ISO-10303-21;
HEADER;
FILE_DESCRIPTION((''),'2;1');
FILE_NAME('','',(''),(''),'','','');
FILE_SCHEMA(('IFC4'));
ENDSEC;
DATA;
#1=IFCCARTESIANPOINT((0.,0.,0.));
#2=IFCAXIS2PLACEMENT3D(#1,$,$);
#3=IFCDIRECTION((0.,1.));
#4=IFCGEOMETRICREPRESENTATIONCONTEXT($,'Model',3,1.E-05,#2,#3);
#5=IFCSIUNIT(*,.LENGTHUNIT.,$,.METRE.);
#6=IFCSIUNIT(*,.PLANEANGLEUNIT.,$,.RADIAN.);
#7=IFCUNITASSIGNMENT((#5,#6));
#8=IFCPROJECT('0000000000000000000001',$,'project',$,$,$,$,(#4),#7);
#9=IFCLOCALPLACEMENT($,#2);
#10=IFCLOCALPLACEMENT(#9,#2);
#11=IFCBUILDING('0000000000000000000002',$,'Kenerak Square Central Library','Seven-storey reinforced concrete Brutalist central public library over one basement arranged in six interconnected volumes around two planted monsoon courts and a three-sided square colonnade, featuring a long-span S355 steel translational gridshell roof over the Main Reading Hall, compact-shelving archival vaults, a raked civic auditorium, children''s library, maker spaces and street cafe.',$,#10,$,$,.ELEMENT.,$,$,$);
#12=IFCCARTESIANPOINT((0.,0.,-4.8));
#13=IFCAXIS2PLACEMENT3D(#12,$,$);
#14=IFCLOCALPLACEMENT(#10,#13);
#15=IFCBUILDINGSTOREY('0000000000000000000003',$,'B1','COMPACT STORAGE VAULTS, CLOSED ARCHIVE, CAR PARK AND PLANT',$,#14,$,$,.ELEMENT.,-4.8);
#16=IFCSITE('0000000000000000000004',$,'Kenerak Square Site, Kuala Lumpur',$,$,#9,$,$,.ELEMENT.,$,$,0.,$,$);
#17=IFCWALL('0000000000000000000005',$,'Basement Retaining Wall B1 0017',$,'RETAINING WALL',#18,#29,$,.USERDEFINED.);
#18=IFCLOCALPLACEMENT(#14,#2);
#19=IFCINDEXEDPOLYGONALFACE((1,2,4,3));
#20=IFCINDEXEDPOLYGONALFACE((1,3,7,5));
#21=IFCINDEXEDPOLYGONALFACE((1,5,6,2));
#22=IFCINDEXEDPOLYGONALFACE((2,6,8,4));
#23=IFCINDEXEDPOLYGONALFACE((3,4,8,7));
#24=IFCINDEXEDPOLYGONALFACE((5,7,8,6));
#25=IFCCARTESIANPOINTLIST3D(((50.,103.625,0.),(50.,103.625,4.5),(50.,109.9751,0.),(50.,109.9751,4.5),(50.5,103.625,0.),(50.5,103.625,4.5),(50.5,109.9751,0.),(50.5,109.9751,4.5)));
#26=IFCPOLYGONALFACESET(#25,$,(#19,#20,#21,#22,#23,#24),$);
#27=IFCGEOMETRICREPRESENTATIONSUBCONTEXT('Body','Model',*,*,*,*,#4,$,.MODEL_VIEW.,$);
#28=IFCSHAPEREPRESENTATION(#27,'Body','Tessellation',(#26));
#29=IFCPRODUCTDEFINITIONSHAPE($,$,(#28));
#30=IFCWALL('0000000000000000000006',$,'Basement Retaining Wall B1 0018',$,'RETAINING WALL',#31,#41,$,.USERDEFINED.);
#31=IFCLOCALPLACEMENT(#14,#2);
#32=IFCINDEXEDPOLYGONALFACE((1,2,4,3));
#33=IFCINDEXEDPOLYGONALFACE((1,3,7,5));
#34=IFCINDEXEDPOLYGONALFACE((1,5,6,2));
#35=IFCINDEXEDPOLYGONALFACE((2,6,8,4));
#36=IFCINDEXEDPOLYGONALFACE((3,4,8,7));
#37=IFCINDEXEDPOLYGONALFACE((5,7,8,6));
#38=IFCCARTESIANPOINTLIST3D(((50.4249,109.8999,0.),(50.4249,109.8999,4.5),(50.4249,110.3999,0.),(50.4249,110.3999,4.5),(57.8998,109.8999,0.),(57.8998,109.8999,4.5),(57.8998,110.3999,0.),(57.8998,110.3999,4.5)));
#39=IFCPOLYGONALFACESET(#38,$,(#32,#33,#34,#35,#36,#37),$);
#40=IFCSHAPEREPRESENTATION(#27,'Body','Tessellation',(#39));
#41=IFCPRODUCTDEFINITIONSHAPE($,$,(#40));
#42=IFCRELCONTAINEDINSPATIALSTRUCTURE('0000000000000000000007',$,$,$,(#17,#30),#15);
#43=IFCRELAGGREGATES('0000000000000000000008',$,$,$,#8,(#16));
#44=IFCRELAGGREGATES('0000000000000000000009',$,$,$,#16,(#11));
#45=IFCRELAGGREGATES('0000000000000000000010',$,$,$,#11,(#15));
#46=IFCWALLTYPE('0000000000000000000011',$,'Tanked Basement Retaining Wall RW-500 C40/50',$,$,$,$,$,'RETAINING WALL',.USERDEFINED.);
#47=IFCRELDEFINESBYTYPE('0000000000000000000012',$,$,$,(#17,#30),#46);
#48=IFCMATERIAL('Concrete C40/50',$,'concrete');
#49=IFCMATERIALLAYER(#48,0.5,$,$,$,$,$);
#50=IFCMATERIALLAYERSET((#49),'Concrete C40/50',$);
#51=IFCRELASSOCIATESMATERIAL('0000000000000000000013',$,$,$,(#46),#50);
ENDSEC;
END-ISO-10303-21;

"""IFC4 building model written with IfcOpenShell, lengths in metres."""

from ifc_helpers import new_model, si_unit, direction, frame, frame_2d, origin, place, context, subcontext, project, spatial, rectangle, extrude, material, layer, layer_set, type_object, element, save


model = new_model("IFC4")

# Units and contexts
model_context = context("Model", 3, precision=1e-05, world=origin(), true_north=direction((0.0, 1.0)))
body_context = subcontext(model_context, "Body", "Model", "MODEL_VIEW")
ifc_project = project(units=[si_unit("LENGTHUNIT", "METRE"), si_unit("PLANEANGLEUNIT", "RADIAN")], contexts=[model_context])

# Site, building, storey
site_placement = place(None, origin())
site = spatial("IfcSite", under=ifc_project, at=site_placement, Name="Kenerak Square Site, Kuala Lumpur", CompositionType="ELEMENT", RefElevation=0.0)
building_placement = place(site_placement, origin())
building = spatial("IfcBuilding", under=site, at=building_placement, Name="Kenerak Square Central Library", Description="Seven-storey reinforced concrete Brutalist central public library over one basement arranged in six interconnected volumes around two planted monsoon courts and a three-sided square colonnade, featuring a long-span S355 steel translational gridshell roof over the Main Reading Hall, compact-shelving archival vaults, a raked civic auditorium, children's library, maker spaces and street cafe.", CompositionType="ELEMENT")
storey_placement = place(building_placement, frame((0.0, 0.0, -4.8)))
storey = spatial("IfcBuildingStorey", under=building, at=storey_placement, Name="B1", Description="COMPACT STORAGE VAULTS, CLOSED ARCHIVE, CAR PARK AND PLANT", CompositionType="ELEMENT", Elevation=-4.8)

# Shared definitions
ifc_material_1 = material(Name="Concrete C40/50", Category="concrete")

# Walls
ifc_layer = layer(ifc_material_1, 0.5)
ifc_layer_set = layer_set([ifc_layer], Name="Concrete C40/50")
wall_type = type_object("IfcWallType", Name="Tanked Basement Retaining Wall RW-500 C40/50", ElementType="RETAINING WALL", PredefinedType="USERDEFINED", material=ifc_layer_set)
wall_1_placement = place(storey_placement, frame((50.25, 103.625, 0.0), z_axis=(0.0, 0.0, 1.0), x_axis=(0.0, 1.0, 0.0)))
element("IfcWall", 1, at=wall_1_placement, inside=storey, type_object=wall_type, Name="Basement Retaining Wall B1 0017", ObjectType="RETAINING WALL", PredefinedType="USERDEFINED", context=body_context, shape_type="SweptSolid", body=[
    extrude(rectangle(XDim=6.3501, YDim=0.5, at=frame_2d((3.175, 0.0))), origin(), (0.0, 0.0, 1.0), 4.5),
])
wall_2_placement = place(storey_placement, frame((50.425, 110.1499, 0.0), z_axis=(0.0, 0.0, 1.0), x_axis=(1.0, 0.0, 0.0)))
element("IfcWall", 2, at=wall_2_placement, inside=storey, type_object=wall_type, Name="Basement Retaining Wall B1 0018", ObjectType="RETAINING WALL", PredefinedType="USERDEFINED", context=body_context, shape_type="SweptSolid", body=[
    extrude(rectangle(XDim=7.4749, YDim=0.5, at=frame_2d((3.7373, 0.0))), origin(), (0.0, 0.0, 1.0), 4.5),
])

save(model, "model.ifc")
